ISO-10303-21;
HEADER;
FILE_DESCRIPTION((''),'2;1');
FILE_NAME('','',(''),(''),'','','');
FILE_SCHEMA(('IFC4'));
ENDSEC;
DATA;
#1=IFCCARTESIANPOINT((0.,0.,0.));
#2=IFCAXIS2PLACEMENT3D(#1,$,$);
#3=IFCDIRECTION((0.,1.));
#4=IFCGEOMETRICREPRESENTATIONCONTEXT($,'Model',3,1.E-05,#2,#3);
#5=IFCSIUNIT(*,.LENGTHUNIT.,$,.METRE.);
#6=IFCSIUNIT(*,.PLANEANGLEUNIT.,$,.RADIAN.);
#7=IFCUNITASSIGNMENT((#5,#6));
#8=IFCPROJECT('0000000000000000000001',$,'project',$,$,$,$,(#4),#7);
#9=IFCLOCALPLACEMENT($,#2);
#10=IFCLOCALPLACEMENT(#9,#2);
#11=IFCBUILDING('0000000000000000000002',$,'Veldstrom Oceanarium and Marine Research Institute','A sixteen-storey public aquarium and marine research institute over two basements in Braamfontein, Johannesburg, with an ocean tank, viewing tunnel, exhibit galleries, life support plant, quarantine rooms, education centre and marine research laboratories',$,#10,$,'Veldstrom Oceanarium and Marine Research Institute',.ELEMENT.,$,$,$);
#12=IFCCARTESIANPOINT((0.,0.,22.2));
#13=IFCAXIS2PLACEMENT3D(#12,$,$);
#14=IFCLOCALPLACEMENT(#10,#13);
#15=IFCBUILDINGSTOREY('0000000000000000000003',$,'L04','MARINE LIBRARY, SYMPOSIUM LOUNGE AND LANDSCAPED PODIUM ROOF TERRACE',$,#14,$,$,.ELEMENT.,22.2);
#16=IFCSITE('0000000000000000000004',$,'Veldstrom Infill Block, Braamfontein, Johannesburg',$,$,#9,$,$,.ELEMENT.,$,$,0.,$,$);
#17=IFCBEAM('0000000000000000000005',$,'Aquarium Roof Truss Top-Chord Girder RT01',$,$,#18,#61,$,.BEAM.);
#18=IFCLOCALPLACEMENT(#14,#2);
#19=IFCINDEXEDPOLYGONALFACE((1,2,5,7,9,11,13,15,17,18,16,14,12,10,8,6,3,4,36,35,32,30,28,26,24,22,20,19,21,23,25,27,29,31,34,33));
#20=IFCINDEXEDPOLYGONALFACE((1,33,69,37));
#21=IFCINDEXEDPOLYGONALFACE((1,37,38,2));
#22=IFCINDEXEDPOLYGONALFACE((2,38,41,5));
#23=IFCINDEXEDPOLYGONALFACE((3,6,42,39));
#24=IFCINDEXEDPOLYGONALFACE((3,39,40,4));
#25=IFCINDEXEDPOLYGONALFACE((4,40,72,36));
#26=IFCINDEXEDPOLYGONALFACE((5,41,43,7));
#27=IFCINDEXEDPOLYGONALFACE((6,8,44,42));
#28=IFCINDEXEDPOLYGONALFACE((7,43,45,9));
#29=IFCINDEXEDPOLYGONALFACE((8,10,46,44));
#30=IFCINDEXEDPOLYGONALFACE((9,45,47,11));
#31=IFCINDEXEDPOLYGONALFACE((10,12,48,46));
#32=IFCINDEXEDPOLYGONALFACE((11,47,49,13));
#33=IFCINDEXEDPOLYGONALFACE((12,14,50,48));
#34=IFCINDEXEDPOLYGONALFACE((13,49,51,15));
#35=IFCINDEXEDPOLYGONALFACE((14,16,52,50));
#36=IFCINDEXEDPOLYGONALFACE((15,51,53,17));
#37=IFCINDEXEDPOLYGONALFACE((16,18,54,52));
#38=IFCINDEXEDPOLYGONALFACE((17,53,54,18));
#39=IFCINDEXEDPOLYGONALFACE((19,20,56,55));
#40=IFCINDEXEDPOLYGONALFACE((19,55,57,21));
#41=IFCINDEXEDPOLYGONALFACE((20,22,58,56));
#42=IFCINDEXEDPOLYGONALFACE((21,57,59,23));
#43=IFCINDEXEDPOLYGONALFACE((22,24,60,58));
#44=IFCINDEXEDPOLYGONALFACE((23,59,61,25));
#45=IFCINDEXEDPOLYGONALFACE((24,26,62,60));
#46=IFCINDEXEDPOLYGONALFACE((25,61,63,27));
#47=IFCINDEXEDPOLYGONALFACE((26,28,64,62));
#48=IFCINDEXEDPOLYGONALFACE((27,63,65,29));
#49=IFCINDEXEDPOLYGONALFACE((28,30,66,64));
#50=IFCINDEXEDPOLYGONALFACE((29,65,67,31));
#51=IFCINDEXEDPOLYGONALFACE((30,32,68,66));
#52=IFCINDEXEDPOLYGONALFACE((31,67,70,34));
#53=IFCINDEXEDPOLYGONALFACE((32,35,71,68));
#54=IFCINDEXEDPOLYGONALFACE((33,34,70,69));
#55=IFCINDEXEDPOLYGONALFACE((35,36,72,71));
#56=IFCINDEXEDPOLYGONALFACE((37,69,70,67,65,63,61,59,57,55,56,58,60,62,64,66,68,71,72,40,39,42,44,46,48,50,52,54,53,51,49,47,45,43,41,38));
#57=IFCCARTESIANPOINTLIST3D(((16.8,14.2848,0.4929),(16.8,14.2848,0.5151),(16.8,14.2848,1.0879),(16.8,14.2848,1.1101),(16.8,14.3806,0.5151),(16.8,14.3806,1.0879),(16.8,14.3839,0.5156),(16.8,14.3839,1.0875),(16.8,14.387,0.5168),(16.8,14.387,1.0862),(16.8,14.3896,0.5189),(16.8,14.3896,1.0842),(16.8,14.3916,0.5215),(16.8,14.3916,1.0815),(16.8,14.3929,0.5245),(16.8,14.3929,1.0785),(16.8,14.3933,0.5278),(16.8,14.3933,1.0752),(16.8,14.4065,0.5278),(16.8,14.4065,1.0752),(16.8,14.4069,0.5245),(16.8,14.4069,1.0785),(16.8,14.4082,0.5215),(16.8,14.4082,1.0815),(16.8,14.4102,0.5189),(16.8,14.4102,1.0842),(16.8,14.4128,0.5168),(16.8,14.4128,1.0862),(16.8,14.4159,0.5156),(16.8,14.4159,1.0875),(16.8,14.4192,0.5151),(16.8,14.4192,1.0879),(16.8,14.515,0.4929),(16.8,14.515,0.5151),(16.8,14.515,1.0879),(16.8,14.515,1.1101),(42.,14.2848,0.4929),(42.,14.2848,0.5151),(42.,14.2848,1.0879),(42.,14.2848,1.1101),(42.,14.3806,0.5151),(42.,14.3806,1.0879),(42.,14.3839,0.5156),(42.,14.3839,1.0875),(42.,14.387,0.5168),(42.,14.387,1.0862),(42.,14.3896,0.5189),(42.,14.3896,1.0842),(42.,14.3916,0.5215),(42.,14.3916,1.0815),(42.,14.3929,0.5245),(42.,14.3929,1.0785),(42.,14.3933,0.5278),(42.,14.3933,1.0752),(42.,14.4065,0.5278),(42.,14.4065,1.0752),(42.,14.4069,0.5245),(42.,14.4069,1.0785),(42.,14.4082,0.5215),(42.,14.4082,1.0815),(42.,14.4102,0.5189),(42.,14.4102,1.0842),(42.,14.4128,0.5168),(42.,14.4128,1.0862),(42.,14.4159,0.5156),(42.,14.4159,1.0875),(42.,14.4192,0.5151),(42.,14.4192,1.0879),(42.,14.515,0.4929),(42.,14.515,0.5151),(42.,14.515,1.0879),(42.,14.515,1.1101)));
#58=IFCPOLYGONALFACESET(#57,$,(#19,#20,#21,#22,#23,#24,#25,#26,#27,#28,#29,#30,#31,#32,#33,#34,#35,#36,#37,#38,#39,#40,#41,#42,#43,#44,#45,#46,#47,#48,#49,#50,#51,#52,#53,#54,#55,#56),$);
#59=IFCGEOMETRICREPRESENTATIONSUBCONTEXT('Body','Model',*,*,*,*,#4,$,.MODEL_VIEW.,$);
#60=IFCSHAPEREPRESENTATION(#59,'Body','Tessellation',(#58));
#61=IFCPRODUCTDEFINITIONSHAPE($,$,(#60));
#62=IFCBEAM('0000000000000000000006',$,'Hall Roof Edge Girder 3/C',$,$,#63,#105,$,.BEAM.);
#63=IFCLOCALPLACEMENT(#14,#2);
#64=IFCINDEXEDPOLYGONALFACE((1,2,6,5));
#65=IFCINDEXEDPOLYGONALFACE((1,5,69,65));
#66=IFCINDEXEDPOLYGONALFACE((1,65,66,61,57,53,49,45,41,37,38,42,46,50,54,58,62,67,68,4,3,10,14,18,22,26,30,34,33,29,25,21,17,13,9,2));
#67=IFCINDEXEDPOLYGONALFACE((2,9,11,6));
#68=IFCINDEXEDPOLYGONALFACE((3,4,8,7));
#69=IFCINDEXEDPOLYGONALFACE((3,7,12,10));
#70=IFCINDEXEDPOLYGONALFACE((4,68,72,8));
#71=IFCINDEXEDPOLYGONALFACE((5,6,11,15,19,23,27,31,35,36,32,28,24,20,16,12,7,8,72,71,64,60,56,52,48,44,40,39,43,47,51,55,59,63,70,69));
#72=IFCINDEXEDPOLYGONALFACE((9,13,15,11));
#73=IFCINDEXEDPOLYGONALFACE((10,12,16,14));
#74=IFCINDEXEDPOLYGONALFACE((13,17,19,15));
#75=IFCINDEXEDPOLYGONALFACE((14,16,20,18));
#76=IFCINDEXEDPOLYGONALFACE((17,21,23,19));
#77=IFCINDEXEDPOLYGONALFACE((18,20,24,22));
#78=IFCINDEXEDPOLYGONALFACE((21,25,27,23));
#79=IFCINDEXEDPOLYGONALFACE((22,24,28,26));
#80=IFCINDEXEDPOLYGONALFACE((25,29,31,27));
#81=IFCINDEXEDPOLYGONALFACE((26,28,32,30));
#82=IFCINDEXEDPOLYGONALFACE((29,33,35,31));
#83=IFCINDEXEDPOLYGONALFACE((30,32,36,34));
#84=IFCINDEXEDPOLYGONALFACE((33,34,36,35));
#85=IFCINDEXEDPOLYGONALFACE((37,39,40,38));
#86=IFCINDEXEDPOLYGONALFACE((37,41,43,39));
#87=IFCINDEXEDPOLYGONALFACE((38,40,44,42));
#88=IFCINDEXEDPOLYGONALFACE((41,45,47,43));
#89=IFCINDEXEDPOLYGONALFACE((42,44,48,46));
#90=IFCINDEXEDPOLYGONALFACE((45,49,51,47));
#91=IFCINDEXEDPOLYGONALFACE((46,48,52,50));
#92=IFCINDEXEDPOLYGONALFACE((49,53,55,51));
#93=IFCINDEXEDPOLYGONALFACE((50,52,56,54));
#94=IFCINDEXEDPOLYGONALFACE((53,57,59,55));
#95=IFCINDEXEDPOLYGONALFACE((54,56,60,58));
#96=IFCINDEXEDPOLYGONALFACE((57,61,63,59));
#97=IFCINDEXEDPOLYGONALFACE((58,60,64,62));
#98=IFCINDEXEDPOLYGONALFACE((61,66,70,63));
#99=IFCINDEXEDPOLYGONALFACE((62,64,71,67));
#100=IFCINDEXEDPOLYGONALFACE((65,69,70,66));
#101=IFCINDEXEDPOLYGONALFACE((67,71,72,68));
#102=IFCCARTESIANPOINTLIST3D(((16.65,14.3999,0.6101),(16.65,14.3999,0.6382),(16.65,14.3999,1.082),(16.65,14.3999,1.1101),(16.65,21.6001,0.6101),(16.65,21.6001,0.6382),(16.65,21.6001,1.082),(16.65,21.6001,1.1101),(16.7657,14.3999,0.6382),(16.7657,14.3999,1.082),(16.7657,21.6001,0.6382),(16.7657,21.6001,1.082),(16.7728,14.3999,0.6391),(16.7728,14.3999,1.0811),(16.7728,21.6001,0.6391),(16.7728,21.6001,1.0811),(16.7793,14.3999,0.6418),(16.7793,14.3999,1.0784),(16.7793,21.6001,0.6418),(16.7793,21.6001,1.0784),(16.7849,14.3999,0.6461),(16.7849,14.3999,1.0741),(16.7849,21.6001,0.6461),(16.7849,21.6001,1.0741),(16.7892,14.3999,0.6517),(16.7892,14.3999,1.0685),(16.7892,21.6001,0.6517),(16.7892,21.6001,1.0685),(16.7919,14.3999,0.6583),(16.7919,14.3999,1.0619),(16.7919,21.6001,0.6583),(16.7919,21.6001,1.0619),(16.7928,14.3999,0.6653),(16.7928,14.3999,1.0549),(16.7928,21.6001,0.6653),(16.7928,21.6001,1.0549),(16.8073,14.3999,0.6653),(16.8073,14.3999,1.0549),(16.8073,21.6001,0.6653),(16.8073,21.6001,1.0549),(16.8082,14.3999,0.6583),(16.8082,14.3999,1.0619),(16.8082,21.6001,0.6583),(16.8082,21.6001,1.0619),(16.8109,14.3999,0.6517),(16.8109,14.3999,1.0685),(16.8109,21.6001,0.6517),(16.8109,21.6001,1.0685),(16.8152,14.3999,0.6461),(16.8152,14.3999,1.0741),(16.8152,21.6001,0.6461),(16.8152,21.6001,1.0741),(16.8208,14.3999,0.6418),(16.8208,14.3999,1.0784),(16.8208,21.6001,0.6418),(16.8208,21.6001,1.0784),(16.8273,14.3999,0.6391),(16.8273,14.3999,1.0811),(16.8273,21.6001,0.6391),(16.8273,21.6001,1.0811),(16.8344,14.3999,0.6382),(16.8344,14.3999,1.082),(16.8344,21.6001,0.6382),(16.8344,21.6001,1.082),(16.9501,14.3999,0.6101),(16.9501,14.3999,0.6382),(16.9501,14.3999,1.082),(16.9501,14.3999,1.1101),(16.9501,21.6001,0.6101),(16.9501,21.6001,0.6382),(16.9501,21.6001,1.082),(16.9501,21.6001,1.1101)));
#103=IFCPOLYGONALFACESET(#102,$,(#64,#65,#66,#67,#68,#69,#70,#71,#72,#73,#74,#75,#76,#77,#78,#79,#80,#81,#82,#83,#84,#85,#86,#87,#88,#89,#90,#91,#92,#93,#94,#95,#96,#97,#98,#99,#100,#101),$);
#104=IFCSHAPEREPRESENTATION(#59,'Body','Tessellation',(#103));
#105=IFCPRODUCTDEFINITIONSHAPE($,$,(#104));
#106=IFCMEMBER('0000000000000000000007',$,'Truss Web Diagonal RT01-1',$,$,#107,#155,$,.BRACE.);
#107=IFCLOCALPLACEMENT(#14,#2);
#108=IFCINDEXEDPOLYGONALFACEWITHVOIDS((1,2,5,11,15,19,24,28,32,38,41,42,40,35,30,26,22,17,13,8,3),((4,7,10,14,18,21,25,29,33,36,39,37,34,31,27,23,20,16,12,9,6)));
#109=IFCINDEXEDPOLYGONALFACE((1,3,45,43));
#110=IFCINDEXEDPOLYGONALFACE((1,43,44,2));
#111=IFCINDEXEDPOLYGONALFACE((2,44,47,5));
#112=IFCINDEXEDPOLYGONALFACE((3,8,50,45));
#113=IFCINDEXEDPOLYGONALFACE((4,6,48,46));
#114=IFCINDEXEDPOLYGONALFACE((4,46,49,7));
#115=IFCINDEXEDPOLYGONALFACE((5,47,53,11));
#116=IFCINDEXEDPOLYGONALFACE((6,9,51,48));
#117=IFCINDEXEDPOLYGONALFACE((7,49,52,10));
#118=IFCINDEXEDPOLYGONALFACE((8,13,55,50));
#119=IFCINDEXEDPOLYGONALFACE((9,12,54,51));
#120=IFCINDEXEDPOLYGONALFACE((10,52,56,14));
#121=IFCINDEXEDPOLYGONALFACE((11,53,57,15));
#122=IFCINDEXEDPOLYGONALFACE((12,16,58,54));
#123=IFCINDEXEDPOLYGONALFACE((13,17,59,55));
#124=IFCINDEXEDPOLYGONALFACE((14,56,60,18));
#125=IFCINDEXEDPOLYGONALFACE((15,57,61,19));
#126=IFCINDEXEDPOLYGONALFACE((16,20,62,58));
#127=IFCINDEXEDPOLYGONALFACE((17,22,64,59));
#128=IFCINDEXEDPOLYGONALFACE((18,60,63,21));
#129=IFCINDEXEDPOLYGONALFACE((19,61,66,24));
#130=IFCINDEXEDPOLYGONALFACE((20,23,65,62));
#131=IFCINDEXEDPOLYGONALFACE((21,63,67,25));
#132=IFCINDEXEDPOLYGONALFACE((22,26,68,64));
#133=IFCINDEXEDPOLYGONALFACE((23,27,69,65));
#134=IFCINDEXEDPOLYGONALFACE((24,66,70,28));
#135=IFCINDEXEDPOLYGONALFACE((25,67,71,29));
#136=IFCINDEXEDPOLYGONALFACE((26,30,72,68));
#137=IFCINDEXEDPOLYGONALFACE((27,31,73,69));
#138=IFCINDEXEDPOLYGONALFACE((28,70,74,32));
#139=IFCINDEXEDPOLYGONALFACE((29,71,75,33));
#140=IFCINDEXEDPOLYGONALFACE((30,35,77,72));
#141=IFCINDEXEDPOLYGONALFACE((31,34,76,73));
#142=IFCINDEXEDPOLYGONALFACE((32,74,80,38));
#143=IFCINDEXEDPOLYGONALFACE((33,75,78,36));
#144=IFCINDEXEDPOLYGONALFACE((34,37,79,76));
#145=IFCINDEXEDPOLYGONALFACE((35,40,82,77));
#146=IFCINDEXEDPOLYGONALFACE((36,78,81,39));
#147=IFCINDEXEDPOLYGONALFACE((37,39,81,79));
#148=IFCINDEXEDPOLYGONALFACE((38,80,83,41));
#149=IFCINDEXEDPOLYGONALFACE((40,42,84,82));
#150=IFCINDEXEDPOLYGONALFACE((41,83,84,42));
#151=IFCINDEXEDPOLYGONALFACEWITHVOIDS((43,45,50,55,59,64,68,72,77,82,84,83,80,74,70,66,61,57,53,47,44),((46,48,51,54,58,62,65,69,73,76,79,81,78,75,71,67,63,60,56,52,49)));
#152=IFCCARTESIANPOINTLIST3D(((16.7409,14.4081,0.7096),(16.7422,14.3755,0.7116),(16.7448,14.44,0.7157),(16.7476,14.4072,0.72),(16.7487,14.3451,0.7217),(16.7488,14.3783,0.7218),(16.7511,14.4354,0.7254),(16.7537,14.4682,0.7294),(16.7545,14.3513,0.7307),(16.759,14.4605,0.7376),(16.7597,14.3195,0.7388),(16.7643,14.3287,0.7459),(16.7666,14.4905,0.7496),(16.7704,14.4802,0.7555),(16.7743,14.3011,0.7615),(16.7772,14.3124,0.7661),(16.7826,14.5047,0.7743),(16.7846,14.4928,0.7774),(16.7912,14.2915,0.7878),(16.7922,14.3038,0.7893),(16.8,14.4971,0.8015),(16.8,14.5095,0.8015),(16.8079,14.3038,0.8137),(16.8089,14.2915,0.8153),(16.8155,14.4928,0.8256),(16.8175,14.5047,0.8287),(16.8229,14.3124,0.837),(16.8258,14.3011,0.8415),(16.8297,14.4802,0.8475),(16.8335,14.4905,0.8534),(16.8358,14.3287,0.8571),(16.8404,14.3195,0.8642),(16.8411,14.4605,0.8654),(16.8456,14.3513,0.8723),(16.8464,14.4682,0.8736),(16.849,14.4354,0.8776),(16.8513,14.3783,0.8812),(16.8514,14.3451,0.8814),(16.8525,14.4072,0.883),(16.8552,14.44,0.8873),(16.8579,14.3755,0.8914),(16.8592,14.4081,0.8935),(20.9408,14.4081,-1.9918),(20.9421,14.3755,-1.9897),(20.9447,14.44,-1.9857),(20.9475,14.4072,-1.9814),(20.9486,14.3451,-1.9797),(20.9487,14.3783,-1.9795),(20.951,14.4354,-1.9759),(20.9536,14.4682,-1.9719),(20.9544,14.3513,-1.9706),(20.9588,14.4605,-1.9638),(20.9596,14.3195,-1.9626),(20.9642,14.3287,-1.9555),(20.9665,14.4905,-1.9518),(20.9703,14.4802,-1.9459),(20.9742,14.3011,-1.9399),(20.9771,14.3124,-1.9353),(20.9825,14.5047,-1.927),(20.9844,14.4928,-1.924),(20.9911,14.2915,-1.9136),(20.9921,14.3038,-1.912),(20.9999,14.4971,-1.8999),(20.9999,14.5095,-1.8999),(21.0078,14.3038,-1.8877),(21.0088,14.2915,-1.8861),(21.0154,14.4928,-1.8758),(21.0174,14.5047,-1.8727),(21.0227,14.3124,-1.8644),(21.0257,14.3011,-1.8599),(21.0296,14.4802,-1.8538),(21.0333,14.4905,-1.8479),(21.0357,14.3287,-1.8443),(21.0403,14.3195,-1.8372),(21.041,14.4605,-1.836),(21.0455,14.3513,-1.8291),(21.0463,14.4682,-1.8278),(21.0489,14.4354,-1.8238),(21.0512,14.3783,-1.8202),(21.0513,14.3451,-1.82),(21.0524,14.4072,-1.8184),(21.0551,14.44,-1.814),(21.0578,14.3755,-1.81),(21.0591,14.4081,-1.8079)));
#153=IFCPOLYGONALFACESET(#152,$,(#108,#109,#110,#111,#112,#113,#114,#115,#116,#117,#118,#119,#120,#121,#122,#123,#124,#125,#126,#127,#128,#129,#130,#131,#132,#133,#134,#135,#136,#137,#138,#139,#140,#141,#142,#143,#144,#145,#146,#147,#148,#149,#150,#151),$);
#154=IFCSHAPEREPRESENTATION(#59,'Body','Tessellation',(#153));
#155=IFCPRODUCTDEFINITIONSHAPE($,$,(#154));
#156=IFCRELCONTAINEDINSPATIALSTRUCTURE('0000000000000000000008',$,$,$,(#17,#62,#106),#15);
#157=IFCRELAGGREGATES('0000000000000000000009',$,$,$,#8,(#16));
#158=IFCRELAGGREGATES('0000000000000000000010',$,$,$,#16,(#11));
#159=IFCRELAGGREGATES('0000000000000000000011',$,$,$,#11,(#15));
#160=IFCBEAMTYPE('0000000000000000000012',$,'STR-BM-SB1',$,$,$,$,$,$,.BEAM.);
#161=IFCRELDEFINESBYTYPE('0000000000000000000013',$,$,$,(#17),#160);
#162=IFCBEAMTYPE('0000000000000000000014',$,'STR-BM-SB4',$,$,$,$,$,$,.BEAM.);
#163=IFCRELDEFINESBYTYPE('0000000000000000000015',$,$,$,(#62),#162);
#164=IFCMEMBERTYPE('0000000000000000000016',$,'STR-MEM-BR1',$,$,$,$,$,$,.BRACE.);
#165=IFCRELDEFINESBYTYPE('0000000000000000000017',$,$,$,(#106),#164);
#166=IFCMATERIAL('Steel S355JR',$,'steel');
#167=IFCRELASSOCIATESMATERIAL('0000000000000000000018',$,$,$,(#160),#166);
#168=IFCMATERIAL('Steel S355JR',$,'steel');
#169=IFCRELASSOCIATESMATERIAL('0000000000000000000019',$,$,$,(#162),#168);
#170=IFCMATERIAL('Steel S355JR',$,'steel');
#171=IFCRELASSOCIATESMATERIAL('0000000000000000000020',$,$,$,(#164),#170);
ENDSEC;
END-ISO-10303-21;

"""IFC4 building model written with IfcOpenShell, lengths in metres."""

from ifc_helpers import new_model, si_unit, direction, frame, origin, origin_2d, place, context, subcontext, project, spatial, hollow_circle, i_section, extrude, material, material_profile, profile_set, type_object, element, save


model = new_model("IFC4")

# Units and contexts
model_context = context("Model", 3, precision=1e-05, world=origin(), true_north=direction((0.0, 1.0)))
body_context = subcontext(model_context, "Body", "Model", "MODEL_VIEW")
ifc_project = project(units=[si_unit("LENGTHUNIT", "METRE"), si_unit("PLANEANGLEUNIT", "RADIAN")], contexts=[model_context])

# Site, building, storey
site_placement = place(None, origin())
site = spatial("IfcSite", under=ifc_project, at=site_placement, Name="Veldstrom Infill Block, Braamfontein, Johannesburg", CompositionType="ELEMENT", RefElevation=0.0)
building_placement = place(site_placement, origin())
building = spatial("IfcBuilding", under=site, at=building_placement, Name="Veldstrom Oceanarium and Marine Research Institute", Description="A sixteen-storey public aquarium and marine research institute over two basements in Braamfontein, Johannesburg, with an ocean tank, viewing tunnel, exhibit galleries, life support plant, quarantine rooms, education centre and marine research laboratories", LongName="Veldstrom Oceanarium and Marine Research Institute", CompositionType="ELEMENT")
storey_placement = place(building_placement, frame((0.0, 0.0, 22.2)))
storey = spatial("IfcBuildingStorey", under=building, at=storey_placement, Name="L04", Description="MARINE LIBRARY, SYMPOSIUM LOUNGE AND LANDSCAPED PODIUM ROOF TERRACE", CompositionType="ELEMENT", Elevation=22.2)

# Beams
ifc_material_1 = material(Name="Steel S355JR", Category="steel")
ifc_material_profile_1 = material_profile(ifc_material_1, i_section(OverallWidth=0.2302, OverallDepth=0.6172, WebThickness=0.0132, FlangeThickness=0.0222, FilletRadius=0.0127, at=origin_2d()), Name="UB 610x229x140")
ifc_profile_set_1 = profile_set([ifc_material_profile_1], Name="Steel S355JR")
beam_type_1 = type_object("IfcBeamType", Name="STR-BM-SB1", PredefinedType="BEAM", material=ifc_profile_set_1)
beam_1_placement = place(storey_placement, frame((16.8, 14.3999, 0.8015), z_axis=(1.0, 0.0, 0.0), x_axis=(0.0, 1.0, 0.0)))
element("IfcBeam", 1, at=beam_1_placement, inside=storey, type_object=beam_type_1, Name="Aquarium Roof Truss Top-Chord Girder RT01", PredefinedType="BEAM", context=body_context, shape_type="SweptSolid", body=[
    extrude(i_section(OverallWidth=0.2302, OverallDepth=0.6172, WebThickness=0.0132, FlangeThickness=0.0222, FilletRadius=0.0127, at=origin_2d()), origin(), (0.0, 0.0, 1.0), 25.2),
])
ifc_material_2 = material(Name="Steel S355JR", Category="steel")
ifc_material_profile_2 = material_profile(ifc_material_2, i_section(OverallWidth=0.3, OverallDepth=0.5, WebThickness=0.0144, FlangeThickness=0.0281, FilletRadius=0.0271, at=origin_2d()), Name="HEB 500")
ifc_profile_set_2 = profile_set([ifc_material_profile_2], Name="Steel S355JR")
beam_type_2 = type_object("IfcBeamType", Name="STR-BM-SB4", PredefinedType="BEAM", material=ifc_profile_set_2)
beam_2_placement = place(storey_placement, frame((16.8, 14.3999, 0.8601), z_axis=(0.0, 1.0, 0.0), x_axis=(-1.0, 0.0, 0.0)))
element("IfcBeam", 2, at=beam_2_placement, inside=storey, type_object=beam_type_2, Name="Hall Roof Edge Girder 3/C", PredefinedType="BEAM", context=body_context, shape_type="SweptSolid", body=[
    extrude(i_section(OverallWidth=0.3, OverallDepth=0.5, WebThickness=0.0144, FlangeThickness=0.0281, FilletRadius=0.0271, at=origin_2d()), origin(), (0.0, 0.0, 1.0), 7.2002),
])

# Member
ifc_material_3 = material(Name="Steel S355JR", Category="steel")
ifc_material_profile_3 = material_profile(ifc_material_3, hollow_circle(Radius=0.1096, WallThickness=0.0125, at=origin_2d()), Name="CHS 219.1x12.5")
ifc_profile_set_3 = profile_set([ifc_material_profile_3], Name="Steel S355JR")
member_type_1 = type_object("IfcMemberType", Name="STR-MEM-BR1", PredefinedType="BRACE", material=ifc_profile_set_3)
member_1_placement = place(storey_placement, frame((16.8, 14.3999, 0.8015), z_axis=(0.841047, 0.0, -0.540963), x_axis=(0.0, 1.0, 0.0)))
element("IfcMember", 3, at=member_1_placement, inside=storey, type_object=member_type_1, Name="Truss Web Diagonal RT01-1", PredefinedType="BRACE", context=body_context, shape_type="SweptSolid", body=[
    extrude(hollow_circle(Radius=0.1096, WallThickness=0.0125, at=origin_2d()), origin(), (0.0, 0.0, 1.0), 4.9937),
])

save(model, "model.ifc")
